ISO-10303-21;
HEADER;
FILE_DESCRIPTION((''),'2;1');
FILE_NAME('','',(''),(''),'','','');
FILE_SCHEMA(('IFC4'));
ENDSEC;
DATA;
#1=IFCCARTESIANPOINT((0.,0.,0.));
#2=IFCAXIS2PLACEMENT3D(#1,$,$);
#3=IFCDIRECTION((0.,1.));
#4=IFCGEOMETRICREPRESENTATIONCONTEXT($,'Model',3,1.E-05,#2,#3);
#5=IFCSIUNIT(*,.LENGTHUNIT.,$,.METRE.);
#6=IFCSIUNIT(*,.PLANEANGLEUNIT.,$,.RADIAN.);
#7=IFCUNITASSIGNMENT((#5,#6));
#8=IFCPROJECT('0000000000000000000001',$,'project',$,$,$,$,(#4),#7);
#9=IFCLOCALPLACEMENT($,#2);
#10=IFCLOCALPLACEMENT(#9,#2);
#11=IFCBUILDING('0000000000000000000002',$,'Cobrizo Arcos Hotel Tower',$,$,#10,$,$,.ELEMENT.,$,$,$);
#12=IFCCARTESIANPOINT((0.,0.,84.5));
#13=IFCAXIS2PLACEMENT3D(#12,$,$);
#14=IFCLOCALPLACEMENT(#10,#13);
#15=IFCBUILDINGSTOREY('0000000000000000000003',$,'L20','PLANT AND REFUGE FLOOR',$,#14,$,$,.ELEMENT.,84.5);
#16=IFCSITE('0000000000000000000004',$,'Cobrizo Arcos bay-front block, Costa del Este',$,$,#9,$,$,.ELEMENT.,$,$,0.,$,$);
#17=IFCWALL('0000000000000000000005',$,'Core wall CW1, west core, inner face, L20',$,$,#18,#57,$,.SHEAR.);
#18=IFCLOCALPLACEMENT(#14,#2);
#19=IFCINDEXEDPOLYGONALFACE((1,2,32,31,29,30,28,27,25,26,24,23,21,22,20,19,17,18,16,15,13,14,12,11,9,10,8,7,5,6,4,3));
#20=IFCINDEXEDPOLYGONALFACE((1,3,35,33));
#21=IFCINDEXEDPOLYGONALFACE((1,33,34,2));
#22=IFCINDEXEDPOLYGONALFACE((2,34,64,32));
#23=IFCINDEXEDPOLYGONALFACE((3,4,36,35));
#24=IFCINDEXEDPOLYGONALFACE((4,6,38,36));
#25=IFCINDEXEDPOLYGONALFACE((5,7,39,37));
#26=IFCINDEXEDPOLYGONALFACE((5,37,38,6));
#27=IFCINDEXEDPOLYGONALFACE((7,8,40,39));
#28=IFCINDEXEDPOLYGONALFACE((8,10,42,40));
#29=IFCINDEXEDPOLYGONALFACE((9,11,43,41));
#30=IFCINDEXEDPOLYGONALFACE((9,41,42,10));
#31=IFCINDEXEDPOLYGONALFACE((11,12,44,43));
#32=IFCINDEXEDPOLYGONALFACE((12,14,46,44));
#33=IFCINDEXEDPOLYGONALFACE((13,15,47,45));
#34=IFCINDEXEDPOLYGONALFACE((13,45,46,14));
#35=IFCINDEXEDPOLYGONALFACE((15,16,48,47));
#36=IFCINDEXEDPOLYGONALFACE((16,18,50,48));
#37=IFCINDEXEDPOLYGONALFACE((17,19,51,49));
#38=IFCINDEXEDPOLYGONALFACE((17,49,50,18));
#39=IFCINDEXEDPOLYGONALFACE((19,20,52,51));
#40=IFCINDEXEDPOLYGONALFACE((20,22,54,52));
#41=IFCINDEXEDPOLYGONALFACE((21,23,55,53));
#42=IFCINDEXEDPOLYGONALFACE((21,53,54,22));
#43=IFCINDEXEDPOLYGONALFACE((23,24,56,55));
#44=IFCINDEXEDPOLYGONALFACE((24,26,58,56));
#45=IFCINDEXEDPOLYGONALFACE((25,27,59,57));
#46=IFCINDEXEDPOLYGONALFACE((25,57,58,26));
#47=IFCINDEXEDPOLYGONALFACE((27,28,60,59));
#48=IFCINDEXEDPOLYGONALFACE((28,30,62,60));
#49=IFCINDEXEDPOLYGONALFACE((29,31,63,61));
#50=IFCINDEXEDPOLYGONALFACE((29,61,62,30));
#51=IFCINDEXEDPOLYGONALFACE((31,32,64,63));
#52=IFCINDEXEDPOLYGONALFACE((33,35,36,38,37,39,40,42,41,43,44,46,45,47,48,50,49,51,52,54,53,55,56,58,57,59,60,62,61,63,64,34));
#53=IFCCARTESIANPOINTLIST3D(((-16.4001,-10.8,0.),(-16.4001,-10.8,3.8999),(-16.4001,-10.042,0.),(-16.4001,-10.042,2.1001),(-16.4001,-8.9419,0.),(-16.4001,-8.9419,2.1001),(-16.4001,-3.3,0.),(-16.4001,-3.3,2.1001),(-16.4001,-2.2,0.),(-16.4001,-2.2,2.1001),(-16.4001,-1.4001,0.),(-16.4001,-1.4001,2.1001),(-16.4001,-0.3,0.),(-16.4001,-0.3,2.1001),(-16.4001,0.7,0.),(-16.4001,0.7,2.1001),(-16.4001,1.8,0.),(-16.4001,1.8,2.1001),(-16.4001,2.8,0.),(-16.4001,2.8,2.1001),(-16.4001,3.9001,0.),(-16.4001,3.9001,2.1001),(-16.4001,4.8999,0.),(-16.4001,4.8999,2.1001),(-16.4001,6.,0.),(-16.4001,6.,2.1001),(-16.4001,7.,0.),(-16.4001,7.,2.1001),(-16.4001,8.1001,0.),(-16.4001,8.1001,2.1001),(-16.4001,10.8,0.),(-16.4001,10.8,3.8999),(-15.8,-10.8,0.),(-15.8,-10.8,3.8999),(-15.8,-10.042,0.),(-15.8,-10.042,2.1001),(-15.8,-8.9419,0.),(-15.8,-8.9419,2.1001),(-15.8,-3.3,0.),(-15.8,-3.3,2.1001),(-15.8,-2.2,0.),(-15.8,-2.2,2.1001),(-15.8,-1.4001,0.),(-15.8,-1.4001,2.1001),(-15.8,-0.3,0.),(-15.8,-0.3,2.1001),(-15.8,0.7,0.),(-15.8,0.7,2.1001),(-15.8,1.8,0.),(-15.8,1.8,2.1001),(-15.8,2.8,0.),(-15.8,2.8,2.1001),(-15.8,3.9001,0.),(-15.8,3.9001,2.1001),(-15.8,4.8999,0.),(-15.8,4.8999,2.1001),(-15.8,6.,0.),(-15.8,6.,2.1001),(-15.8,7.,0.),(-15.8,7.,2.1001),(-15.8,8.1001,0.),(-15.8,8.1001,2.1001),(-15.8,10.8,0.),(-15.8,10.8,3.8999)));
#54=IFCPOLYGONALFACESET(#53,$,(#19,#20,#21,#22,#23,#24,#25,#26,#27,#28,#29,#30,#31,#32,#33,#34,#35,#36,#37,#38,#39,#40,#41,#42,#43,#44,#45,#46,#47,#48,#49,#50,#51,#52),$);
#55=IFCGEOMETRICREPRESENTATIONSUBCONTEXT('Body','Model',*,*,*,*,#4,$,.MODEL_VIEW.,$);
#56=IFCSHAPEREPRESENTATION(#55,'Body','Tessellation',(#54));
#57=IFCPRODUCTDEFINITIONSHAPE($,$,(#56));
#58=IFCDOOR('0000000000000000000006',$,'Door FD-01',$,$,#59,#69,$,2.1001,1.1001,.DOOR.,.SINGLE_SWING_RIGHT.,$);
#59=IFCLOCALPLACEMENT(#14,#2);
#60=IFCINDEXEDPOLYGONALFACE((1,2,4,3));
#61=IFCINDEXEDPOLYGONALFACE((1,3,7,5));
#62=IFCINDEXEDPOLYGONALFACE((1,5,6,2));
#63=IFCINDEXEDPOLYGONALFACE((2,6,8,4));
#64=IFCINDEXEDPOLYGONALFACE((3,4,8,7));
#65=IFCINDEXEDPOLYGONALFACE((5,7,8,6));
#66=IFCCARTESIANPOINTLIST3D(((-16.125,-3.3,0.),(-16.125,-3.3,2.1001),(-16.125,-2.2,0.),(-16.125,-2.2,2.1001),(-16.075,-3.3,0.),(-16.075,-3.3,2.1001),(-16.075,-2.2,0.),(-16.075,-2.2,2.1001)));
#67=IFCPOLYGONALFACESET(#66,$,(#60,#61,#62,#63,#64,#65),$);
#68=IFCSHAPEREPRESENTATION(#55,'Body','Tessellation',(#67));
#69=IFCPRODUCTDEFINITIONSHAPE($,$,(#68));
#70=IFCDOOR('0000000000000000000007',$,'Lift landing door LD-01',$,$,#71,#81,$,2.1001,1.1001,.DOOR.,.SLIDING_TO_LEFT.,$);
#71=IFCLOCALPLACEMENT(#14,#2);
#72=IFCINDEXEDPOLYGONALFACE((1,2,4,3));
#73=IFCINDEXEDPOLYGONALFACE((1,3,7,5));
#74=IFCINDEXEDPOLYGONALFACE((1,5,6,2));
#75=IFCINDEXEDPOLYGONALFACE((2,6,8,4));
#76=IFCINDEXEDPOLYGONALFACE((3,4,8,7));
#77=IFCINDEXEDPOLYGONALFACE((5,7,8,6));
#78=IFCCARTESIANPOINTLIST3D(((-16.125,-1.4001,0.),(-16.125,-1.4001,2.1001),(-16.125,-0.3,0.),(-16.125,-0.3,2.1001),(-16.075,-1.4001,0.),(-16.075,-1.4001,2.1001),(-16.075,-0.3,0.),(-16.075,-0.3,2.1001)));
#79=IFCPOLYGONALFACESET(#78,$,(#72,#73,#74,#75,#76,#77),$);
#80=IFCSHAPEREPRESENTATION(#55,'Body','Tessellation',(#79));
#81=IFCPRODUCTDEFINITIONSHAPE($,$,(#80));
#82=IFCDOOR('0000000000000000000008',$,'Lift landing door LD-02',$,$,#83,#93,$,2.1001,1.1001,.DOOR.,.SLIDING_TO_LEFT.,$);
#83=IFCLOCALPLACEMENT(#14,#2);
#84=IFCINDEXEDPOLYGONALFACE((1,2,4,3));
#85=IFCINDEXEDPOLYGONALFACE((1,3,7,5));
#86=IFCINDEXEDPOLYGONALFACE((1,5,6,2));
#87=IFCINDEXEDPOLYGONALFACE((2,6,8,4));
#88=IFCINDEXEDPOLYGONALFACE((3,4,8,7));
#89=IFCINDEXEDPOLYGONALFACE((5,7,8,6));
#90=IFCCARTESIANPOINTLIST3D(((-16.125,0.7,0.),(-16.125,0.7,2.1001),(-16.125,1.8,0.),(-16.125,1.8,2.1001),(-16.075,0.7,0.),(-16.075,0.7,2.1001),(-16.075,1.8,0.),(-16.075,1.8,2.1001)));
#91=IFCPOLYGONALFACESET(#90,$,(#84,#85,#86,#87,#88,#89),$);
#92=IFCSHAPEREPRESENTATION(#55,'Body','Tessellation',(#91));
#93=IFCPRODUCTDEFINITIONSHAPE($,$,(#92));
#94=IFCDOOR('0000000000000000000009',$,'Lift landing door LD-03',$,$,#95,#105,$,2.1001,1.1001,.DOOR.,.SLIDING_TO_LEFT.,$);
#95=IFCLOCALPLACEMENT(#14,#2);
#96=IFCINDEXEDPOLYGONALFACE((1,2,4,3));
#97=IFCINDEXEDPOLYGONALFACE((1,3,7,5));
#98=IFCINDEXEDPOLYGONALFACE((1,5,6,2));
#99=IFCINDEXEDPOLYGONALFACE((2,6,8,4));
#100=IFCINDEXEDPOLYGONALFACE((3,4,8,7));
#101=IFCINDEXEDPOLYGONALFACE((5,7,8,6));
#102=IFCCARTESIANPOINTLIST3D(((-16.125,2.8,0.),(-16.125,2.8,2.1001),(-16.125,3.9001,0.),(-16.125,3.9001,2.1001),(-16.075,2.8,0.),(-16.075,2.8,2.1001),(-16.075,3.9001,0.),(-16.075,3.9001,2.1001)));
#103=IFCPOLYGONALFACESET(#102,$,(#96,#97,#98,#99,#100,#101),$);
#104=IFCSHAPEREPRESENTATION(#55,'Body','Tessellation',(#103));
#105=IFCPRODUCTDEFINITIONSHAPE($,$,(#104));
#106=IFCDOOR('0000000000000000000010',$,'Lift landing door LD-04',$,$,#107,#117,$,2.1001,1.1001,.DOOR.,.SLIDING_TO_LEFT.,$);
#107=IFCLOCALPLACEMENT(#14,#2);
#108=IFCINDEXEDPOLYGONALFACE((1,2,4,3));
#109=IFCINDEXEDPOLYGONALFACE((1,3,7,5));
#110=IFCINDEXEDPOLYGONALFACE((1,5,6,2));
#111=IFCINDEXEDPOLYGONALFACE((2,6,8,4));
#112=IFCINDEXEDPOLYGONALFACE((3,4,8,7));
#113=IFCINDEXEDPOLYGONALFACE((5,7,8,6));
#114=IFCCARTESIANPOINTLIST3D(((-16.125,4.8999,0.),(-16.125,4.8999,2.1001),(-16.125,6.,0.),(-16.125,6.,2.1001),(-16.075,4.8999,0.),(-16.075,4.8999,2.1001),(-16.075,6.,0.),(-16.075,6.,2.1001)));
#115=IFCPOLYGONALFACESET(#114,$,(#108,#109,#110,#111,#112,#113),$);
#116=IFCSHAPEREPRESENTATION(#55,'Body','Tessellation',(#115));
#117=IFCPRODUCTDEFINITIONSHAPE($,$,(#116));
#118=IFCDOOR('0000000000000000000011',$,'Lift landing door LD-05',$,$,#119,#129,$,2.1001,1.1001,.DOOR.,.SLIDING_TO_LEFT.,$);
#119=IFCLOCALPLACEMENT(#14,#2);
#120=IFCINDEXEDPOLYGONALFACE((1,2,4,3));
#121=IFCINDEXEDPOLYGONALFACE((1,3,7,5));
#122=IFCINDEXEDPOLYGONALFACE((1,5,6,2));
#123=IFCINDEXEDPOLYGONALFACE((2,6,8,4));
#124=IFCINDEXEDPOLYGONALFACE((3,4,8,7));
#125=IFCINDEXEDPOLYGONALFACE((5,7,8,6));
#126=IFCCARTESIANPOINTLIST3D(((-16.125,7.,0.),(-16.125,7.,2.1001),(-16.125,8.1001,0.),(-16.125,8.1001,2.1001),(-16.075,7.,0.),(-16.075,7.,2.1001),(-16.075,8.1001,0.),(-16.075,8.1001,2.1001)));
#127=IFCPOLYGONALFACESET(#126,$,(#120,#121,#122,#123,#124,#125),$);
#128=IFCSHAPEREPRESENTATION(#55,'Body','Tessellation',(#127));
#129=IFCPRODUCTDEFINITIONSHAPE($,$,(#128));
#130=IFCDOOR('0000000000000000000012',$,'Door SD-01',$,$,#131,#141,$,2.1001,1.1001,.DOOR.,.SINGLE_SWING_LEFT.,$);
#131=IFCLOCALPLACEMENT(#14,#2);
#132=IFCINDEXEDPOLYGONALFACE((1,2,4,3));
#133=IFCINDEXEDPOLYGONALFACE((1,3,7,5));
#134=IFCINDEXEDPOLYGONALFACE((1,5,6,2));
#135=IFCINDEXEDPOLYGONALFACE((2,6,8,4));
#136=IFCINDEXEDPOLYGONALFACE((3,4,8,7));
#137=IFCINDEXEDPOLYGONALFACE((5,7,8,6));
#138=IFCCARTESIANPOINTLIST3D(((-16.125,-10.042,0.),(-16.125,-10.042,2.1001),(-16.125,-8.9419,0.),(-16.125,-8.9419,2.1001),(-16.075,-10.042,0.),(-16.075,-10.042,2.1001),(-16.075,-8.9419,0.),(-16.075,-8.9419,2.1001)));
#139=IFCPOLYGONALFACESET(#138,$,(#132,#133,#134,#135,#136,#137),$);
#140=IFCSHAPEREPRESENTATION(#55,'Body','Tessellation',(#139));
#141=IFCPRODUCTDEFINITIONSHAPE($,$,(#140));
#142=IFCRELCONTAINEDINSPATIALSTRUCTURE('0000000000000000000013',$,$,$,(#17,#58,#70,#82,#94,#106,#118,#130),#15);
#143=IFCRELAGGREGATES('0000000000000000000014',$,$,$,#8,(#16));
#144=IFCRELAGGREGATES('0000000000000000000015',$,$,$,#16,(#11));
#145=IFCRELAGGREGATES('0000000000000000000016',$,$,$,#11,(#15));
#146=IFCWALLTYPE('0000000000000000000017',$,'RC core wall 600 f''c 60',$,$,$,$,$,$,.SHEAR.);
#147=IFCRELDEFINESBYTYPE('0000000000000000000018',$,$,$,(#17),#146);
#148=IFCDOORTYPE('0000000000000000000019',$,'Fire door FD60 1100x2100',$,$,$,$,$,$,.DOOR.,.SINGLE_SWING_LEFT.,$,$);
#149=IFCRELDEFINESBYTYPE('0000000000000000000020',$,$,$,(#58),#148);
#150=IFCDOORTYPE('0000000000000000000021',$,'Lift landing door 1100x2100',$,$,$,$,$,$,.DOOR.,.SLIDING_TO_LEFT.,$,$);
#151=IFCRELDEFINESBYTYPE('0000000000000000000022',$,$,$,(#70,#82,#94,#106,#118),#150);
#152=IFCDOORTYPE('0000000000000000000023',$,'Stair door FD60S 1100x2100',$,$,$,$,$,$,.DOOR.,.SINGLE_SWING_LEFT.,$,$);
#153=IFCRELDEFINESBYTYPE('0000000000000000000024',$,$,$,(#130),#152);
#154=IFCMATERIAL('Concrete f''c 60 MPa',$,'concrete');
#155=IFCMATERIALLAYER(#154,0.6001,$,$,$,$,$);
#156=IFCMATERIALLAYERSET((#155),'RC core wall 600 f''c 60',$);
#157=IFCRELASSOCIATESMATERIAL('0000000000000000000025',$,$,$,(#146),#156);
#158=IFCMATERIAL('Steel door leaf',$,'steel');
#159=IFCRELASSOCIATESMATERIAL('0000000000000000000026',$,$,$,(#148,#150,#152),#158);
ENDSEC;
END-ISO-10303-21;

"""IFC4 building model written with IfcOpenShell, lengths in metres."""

from ifc_helpers import new_model, si_unit, direction, frame, frame_2d, origin, place, context, subcontext, project, spatial, rectangle, extrude, material, layer, layer_set, type_object, element, fill, save


model = new_model("IFC4")

# Units and contexts
model_context = context("Model", 3, precision=1e-05, world=origin(), true_north=direction((0.0, 1.0)))
body_context = subcontext(model_context, "Body", "Model", "MODEL_VIEW")
ifc_project = project(units=[si_unit("LENGTHUNIT", "METRE"), si_unit("PLANEANGLEUNIT", "RADIAN")], contexts=[model_context])

# Site, building, storey
site_placement = place(None, origin())
site = spatial("IfcSite", under=ifc_project, at=site_placement, Name="Cobrizo Arcos bay-front block, Costa del Este", CompositionType="ELEMENT", RefElevation=0.0)
building_placement = place(site_placement, origin())
building = spatial("IfcBuilding", under=site, at=building_placement, Name="Cobrizo Arcos Hotel Tower", CompositionType="ELEMENT")
storey_placement = place(building_placement, frame((0.0, 0.0, 84.5)))
storey = spatial("IfcBuildingStorey", under=building, at=storey_placement, Name="L20", Description="PLANT AND REFUGE FLOOR", CompositionType="ELEMENT", Elevation=84.5)

# Wall, openings, doors
ifc_material_1 = material(Name="Concrete f'c 60 MPa", Category="concrete")
ifc_layer_1 = layer(ifc_material_1, 0.6001)
ifc_layer_set_1 = layer_set([ifc_layer_1], Name="RC core wall 600 f'c 60")
wall_type_1 = type_object("IfcWallType", Name="RC core wall 600 f'c 60", PredefinedType="SHEAR", material=ifc_layer_set_1)
wall_1_placement = place(storey_placement, frame((-16.1001, -10.8, 0.0), z_axis=(0.0, 0.0, 1.0), x_axis=(0.0, 1.0, 0.0)))
wall_1 = element("IfcWall", 1, at=wall_1_placement, inside=storey, type_object=wall_type_1, Name="Core wall CW1, west core, inner face, L20", PredefinedType="SHEAR", context=body_context, shape_type="SweptSolid", body=[
    extrude(rectangle(XDim=21.6001, YDim=0.6001, at=frame_2d((10.8, 0.0))), origin(), (0.0, 0.0, 1.0), 3.8999),
])
opening_1_placement = place(wall_1_placement, frame((9.3999, 0.0, 0.0)))
opening_1 = element("IfcOpeningElement", 2, at=opening_1_placement, cuts=wall_1, PredefinedType="OPENING", context=body_context, shape_type="SweptSolid", body=[
    extrude(rectangle(XDim=1.1001, YDim=2.1001, at=frame_2d((0.55, 1.05))), frame((0.0, 0.312, 0.0), z_axis=(0.0, -1.0, 0.0), x_axis=(1.0, 0.0, 0.0)), (0.0, 0.0, 1.0), 0.624),
])
opening_2_placement = place(wall_1_placement, frame((11.5, 0.0, 0.0)))
opening_2 = element("IfcOpeningElement", 3, at=opening_2_placement, cuts=wall_1, PredefinedType="OPENING", context=body_context, shape_type="SweptSolid", body=[
    extrude(rectangle(XDim=1.1001, YDim=2.1001, at=frame_2d((0.55, 1.05))), frame((0.0, 0.312, 0.0), z_axis=(0.0, -1.0, 0.0), x_axis=(1.0, 0.0, 0.0)), (0.0, 0.0, 1.0), 0.624),
])
opening_3_placement = place(wall_1_placement, frame((13.6001, 0.0, 0.0)))
opening_3 = element("IfcOpeningElement", 4, at=opening_3_placement, cuts=wall_1, PredefinedType="OPENING", context=body_context, shape_type="SweptSolid", body=[
    extrude(rectangle(XDim=1.1001, YDim=2.1001, at=frame_2d((0.55, 1.05))), frame((0.0, 0.312, 0.0), z_axis=(0.0, -1.0, 0.0), x_axis=(1.0, 0.0, 0.0)), (0.0, 0.0, 1.0), 0.624),
])
opening_4_placement = place(wall_1_placement, frame((15.7, 0.0, 0.0)))
opening_4 = element("IfcOpeningElement", 5, at=opening_4_placement, cuts=wall_1, PredefinedType="OPENING", context=body_context, shape_type="SweptSolid", body=[
    extrude(rectangle(XDim=1.1001, YDim=2.1001, at=frame_2d((0.55, 1.05))), frame((0.0, 0.312, 0.0), z_axis=(0.0, -1.0, 0.0), x_axis=(1.0, 0.0, 0.0)), (0.0, 0.0, 1.0), 0.624),
])
opening_5_placement = place(wall_1_placement, frame((17.8, 0.0, 0.0)))
opening_5 = element("IfcOpeningElement", 6, at=opening_5_placement, cuts=wall_1, PredefinedType="OPENING", context=body_context, shape_type="SweptSolid", body=[
    extrude(rectangle(XDim=1.1001, YDim=2.1001, at=frame_2d((0.55, 1.05))), frame((0.0, 0.312, 0.0), z_axis=(0.0, -1.0, 0.0), x_axis=(1.0, 0.0, 0.0)), (0.0, 0.0, 1.0), 0.624),
])
opening_6_placement = place(wall_1_placement, frame((0.7581, 0.0, 0.0)))
opening_6 = element("IfcOpeningElement", 7, at=opening_6_placement, cuts=wall_1, PredefinedType="OPENING", context=body_context, shape_type="SweptSolid", body=[
    extrude(rectangle(XDim=1.1001, YDim=2.1001, at=frame_2d((0.55, 1.05))), frame((0.0, 0.312, 0.0), z_axis=(0.0, -1.0, 0.0), x_axis=(1.0, 0.0, 0.0)), (0.0, 0.0, 1.0), 0.624),
])
opening_7_placement = place(wall_1_placement, frame((7.5, 0.0, 0.0)))
opening_7 = element("IfcOpeningElement", 8, at=opening_7_placement, cuts=wall_1, PredefinedType="OPENING", context=body_context, shape_type="SweptSolid", body=[
    extrude(rectangle(XDim=1.1001, YDim=2.1001, at=frame_2d((0.55, 1.05))), frame((0.0, 0.312, 0.0), z_axis=(0.0, -1.0, 0.0), x_axis=(1.0, 0.0, 0.0)), (0.0, 0.0, 1.0), 0.624),
])
ifc_material_2 = material(Name="Steel door leaf", Category="steel")
door_type_1 = type_object("IfcDoorType", Name="Fire door FD60 1100x2100", OperationType="SINGLE_SWING_LEFT", PredefinedType="DOOR", material=ifc_material_2)
door_1_placement = place(opening_7_placement, origin())
door_1 = element("IfcDoor", 9, at=door_1_placement, inside=storey, type_object=door_type_1, Name="Door FD-01", OperationType="SINGLE_SWING_RIGHT", OverallHeight=2.1001, OverallWidth=1.1001, PredefinedType="DOOR", context=body_context, shape_type="SweptSolid", body=[
    extrude(rectangle(XDim=1.1001, YDim=2.1001, at=frame_2d((0.55, 1.05))), frame((0.0, 0.0249, 0.0), z_axis=(0.0, -1.0, 0.0), x_axis=(1.0, 0.0, 0.0)), (0.0, 0.0, 1.0), 0.05),
])
fill(opening_7, door_1)
door_type_2 = type_object("IfcDoorType", Name="Lift landing door 1100x2100", OperationType="SLIDING_TO_LEFT", PredefinedType="DOOR", material=ifc_material_2)
door_2_placement = place(opening_1_placement, origin())
door_2 = element("IfcDoor", 10, at=door_2_placement, inside=storey, type_object=door_type_2, Name="Lift landing door LD-01", OperationType="SLIDING_TO_LEFT", OverallHeight=2.1001, OverallWidth=1.1001, PredefinedType="DOOR", context=body_context, shape_type="SweptSolid", body=[
    extrude(rectangle(XDim=1.1001, YDim=2.1001, at=frame_2d((0.55, 1.05))), frame((0.0, 0.0249, 0.0), z_axis=(0.0, -1.0, 0.0), x_axis=(1.0, 0.0, 0.0)), (0.0, 0.0, 1.0), 0.05),
])
fill(opening_1, door_2)
door_3_placement = place(opening_2_placement, origin())
door_3 = element("IfcDoor", 11, at=door_3_placement, inside=storey, type_object=door_type_2, Name="Lift landing door LD-02", OperationType="SLIDING_TO_LEFT", OverallHeight=2.1001, OverallWidth=1.1001, PredefinedType="DOOR", context=body_context, shape_type="SweptSolid", body=[
    extrude(rectangle(XDim=1.1001, YDim=2.1001, at=frame_2d((0.55, 1.05))), frame((0.0, 0.0249, 0.0), z_axis=(0.0, -1.0, 0.0), x_axis=(1.0, 0.0, 0.0)), (0.0, 0.0, 1.0), 0.05),
])
fill(opening_2, door_3)
door_4_placement = place(opening_3_placement, origin())
door_4 = element("IfcDoor", 12, at=door_4_placement, inside=storey, type_object=door_type_2, Name="Lift landing door LD-03", OperationType="SLIDING_TO_LEFT", OverallHeight=2.1001, OverallWidth=1.1001, PredefinedType="DOOR", context=body_context, shape_type="SweptSolid", body=[
    extrude(rectangle(XDim=1.1001, YDim=2.1001, at=frame_2d((0.55, 1.05))), frame((0.0, 0.0249, 0.0), z_axis=(0.0, -1.0, 0.0), x_axis=(1.0, 0.0, 0.0)), (0.0, 0.0, 1.0), 0.05),
])
fill(opening_3, door_4)
door_5_placement = place(opening_4_placement, origin())
door_5 = element("IfcDoor", 13, at=door_5_placement, inside=storey, type_object=door_type_2, Name="Lift landing door LD-04", OperationType="SLIDING_TO_LEFT", OverallHeight=2.1001, OverallWidth=1.1001, PredefinedType="DOOR", context=body_context, shape_type="SweptSolid", body=[
    extrude(rectangle(XDim=1.1001, YDim=2.1001, at=frame_2d((0.55, 1.05))), frame((0.0, 0.0249, 0.0), z_axis=(0.0, -1.0, 0.0), x_axis=(1.0, 0.0, 0.0)), (0.0, 0.0, 1.0), 0.05),
])
fill(opening_4, door_5)
door_6_placement = place(opening_5_placement, origin())
door_6 = element("IfcDoor", 14, at=door_6_placement, inside=storey, type_object=door_type_2, Name="Lift landing door LD-05", OperationType="SLIDING_TO_LEFT", OverallHeight=2.1001, OverallWidth=1.1001, PredefinedType="DOOR", context=body_context, shape_type="SweptSolid", body=[
    extrude(rectangle(XDim=1.1001, YDim=2.1001, at=frame_2d((0.55, 1.05))), frame((0.0, 0.0249, 0.0), z_axis=(0.0, -1.0, 0.0), x_axis=(1.0, 0.0, 0.0)), (0.0, 0.0, 1.0), 0.05),
])
fill(opening_5, door_6)
door_type_3 = type_object("IfcDoorType", Name="Stair door FD60S 1100x2100", OperationType="SINGLE_SWING_LEFT", PredefinedType="DOOR", material=ifc_material_2)
door_7_placement = place(opening_6_placement, origin())
door_7 = element("IfcDoor", 15, at=door_7_placement, inside=storey, type_object=door_type_3, Name="Door SD-01", OperationType="SINGLE_SWING_LEFT", OverallHeight=2.1001, OverallWidth=1.1001, PredefinedType="DOOR", context=body_context, shape_type="SweptSolid", body=[
    extrude(rectangle(XDim=1.1001, YDim=2.1001, at=frame_2d((0.55, 1.05))), frame((0.0, 0.0249, 0.0), z_axis=(0.0, -1.0, 0.0), x_axis=(1.0, 0.0, 0.0)), (0.0, 0.0, 1.0), 0.05),
])
fill(opening_6, door_7)

save(model, "model.ifc")
